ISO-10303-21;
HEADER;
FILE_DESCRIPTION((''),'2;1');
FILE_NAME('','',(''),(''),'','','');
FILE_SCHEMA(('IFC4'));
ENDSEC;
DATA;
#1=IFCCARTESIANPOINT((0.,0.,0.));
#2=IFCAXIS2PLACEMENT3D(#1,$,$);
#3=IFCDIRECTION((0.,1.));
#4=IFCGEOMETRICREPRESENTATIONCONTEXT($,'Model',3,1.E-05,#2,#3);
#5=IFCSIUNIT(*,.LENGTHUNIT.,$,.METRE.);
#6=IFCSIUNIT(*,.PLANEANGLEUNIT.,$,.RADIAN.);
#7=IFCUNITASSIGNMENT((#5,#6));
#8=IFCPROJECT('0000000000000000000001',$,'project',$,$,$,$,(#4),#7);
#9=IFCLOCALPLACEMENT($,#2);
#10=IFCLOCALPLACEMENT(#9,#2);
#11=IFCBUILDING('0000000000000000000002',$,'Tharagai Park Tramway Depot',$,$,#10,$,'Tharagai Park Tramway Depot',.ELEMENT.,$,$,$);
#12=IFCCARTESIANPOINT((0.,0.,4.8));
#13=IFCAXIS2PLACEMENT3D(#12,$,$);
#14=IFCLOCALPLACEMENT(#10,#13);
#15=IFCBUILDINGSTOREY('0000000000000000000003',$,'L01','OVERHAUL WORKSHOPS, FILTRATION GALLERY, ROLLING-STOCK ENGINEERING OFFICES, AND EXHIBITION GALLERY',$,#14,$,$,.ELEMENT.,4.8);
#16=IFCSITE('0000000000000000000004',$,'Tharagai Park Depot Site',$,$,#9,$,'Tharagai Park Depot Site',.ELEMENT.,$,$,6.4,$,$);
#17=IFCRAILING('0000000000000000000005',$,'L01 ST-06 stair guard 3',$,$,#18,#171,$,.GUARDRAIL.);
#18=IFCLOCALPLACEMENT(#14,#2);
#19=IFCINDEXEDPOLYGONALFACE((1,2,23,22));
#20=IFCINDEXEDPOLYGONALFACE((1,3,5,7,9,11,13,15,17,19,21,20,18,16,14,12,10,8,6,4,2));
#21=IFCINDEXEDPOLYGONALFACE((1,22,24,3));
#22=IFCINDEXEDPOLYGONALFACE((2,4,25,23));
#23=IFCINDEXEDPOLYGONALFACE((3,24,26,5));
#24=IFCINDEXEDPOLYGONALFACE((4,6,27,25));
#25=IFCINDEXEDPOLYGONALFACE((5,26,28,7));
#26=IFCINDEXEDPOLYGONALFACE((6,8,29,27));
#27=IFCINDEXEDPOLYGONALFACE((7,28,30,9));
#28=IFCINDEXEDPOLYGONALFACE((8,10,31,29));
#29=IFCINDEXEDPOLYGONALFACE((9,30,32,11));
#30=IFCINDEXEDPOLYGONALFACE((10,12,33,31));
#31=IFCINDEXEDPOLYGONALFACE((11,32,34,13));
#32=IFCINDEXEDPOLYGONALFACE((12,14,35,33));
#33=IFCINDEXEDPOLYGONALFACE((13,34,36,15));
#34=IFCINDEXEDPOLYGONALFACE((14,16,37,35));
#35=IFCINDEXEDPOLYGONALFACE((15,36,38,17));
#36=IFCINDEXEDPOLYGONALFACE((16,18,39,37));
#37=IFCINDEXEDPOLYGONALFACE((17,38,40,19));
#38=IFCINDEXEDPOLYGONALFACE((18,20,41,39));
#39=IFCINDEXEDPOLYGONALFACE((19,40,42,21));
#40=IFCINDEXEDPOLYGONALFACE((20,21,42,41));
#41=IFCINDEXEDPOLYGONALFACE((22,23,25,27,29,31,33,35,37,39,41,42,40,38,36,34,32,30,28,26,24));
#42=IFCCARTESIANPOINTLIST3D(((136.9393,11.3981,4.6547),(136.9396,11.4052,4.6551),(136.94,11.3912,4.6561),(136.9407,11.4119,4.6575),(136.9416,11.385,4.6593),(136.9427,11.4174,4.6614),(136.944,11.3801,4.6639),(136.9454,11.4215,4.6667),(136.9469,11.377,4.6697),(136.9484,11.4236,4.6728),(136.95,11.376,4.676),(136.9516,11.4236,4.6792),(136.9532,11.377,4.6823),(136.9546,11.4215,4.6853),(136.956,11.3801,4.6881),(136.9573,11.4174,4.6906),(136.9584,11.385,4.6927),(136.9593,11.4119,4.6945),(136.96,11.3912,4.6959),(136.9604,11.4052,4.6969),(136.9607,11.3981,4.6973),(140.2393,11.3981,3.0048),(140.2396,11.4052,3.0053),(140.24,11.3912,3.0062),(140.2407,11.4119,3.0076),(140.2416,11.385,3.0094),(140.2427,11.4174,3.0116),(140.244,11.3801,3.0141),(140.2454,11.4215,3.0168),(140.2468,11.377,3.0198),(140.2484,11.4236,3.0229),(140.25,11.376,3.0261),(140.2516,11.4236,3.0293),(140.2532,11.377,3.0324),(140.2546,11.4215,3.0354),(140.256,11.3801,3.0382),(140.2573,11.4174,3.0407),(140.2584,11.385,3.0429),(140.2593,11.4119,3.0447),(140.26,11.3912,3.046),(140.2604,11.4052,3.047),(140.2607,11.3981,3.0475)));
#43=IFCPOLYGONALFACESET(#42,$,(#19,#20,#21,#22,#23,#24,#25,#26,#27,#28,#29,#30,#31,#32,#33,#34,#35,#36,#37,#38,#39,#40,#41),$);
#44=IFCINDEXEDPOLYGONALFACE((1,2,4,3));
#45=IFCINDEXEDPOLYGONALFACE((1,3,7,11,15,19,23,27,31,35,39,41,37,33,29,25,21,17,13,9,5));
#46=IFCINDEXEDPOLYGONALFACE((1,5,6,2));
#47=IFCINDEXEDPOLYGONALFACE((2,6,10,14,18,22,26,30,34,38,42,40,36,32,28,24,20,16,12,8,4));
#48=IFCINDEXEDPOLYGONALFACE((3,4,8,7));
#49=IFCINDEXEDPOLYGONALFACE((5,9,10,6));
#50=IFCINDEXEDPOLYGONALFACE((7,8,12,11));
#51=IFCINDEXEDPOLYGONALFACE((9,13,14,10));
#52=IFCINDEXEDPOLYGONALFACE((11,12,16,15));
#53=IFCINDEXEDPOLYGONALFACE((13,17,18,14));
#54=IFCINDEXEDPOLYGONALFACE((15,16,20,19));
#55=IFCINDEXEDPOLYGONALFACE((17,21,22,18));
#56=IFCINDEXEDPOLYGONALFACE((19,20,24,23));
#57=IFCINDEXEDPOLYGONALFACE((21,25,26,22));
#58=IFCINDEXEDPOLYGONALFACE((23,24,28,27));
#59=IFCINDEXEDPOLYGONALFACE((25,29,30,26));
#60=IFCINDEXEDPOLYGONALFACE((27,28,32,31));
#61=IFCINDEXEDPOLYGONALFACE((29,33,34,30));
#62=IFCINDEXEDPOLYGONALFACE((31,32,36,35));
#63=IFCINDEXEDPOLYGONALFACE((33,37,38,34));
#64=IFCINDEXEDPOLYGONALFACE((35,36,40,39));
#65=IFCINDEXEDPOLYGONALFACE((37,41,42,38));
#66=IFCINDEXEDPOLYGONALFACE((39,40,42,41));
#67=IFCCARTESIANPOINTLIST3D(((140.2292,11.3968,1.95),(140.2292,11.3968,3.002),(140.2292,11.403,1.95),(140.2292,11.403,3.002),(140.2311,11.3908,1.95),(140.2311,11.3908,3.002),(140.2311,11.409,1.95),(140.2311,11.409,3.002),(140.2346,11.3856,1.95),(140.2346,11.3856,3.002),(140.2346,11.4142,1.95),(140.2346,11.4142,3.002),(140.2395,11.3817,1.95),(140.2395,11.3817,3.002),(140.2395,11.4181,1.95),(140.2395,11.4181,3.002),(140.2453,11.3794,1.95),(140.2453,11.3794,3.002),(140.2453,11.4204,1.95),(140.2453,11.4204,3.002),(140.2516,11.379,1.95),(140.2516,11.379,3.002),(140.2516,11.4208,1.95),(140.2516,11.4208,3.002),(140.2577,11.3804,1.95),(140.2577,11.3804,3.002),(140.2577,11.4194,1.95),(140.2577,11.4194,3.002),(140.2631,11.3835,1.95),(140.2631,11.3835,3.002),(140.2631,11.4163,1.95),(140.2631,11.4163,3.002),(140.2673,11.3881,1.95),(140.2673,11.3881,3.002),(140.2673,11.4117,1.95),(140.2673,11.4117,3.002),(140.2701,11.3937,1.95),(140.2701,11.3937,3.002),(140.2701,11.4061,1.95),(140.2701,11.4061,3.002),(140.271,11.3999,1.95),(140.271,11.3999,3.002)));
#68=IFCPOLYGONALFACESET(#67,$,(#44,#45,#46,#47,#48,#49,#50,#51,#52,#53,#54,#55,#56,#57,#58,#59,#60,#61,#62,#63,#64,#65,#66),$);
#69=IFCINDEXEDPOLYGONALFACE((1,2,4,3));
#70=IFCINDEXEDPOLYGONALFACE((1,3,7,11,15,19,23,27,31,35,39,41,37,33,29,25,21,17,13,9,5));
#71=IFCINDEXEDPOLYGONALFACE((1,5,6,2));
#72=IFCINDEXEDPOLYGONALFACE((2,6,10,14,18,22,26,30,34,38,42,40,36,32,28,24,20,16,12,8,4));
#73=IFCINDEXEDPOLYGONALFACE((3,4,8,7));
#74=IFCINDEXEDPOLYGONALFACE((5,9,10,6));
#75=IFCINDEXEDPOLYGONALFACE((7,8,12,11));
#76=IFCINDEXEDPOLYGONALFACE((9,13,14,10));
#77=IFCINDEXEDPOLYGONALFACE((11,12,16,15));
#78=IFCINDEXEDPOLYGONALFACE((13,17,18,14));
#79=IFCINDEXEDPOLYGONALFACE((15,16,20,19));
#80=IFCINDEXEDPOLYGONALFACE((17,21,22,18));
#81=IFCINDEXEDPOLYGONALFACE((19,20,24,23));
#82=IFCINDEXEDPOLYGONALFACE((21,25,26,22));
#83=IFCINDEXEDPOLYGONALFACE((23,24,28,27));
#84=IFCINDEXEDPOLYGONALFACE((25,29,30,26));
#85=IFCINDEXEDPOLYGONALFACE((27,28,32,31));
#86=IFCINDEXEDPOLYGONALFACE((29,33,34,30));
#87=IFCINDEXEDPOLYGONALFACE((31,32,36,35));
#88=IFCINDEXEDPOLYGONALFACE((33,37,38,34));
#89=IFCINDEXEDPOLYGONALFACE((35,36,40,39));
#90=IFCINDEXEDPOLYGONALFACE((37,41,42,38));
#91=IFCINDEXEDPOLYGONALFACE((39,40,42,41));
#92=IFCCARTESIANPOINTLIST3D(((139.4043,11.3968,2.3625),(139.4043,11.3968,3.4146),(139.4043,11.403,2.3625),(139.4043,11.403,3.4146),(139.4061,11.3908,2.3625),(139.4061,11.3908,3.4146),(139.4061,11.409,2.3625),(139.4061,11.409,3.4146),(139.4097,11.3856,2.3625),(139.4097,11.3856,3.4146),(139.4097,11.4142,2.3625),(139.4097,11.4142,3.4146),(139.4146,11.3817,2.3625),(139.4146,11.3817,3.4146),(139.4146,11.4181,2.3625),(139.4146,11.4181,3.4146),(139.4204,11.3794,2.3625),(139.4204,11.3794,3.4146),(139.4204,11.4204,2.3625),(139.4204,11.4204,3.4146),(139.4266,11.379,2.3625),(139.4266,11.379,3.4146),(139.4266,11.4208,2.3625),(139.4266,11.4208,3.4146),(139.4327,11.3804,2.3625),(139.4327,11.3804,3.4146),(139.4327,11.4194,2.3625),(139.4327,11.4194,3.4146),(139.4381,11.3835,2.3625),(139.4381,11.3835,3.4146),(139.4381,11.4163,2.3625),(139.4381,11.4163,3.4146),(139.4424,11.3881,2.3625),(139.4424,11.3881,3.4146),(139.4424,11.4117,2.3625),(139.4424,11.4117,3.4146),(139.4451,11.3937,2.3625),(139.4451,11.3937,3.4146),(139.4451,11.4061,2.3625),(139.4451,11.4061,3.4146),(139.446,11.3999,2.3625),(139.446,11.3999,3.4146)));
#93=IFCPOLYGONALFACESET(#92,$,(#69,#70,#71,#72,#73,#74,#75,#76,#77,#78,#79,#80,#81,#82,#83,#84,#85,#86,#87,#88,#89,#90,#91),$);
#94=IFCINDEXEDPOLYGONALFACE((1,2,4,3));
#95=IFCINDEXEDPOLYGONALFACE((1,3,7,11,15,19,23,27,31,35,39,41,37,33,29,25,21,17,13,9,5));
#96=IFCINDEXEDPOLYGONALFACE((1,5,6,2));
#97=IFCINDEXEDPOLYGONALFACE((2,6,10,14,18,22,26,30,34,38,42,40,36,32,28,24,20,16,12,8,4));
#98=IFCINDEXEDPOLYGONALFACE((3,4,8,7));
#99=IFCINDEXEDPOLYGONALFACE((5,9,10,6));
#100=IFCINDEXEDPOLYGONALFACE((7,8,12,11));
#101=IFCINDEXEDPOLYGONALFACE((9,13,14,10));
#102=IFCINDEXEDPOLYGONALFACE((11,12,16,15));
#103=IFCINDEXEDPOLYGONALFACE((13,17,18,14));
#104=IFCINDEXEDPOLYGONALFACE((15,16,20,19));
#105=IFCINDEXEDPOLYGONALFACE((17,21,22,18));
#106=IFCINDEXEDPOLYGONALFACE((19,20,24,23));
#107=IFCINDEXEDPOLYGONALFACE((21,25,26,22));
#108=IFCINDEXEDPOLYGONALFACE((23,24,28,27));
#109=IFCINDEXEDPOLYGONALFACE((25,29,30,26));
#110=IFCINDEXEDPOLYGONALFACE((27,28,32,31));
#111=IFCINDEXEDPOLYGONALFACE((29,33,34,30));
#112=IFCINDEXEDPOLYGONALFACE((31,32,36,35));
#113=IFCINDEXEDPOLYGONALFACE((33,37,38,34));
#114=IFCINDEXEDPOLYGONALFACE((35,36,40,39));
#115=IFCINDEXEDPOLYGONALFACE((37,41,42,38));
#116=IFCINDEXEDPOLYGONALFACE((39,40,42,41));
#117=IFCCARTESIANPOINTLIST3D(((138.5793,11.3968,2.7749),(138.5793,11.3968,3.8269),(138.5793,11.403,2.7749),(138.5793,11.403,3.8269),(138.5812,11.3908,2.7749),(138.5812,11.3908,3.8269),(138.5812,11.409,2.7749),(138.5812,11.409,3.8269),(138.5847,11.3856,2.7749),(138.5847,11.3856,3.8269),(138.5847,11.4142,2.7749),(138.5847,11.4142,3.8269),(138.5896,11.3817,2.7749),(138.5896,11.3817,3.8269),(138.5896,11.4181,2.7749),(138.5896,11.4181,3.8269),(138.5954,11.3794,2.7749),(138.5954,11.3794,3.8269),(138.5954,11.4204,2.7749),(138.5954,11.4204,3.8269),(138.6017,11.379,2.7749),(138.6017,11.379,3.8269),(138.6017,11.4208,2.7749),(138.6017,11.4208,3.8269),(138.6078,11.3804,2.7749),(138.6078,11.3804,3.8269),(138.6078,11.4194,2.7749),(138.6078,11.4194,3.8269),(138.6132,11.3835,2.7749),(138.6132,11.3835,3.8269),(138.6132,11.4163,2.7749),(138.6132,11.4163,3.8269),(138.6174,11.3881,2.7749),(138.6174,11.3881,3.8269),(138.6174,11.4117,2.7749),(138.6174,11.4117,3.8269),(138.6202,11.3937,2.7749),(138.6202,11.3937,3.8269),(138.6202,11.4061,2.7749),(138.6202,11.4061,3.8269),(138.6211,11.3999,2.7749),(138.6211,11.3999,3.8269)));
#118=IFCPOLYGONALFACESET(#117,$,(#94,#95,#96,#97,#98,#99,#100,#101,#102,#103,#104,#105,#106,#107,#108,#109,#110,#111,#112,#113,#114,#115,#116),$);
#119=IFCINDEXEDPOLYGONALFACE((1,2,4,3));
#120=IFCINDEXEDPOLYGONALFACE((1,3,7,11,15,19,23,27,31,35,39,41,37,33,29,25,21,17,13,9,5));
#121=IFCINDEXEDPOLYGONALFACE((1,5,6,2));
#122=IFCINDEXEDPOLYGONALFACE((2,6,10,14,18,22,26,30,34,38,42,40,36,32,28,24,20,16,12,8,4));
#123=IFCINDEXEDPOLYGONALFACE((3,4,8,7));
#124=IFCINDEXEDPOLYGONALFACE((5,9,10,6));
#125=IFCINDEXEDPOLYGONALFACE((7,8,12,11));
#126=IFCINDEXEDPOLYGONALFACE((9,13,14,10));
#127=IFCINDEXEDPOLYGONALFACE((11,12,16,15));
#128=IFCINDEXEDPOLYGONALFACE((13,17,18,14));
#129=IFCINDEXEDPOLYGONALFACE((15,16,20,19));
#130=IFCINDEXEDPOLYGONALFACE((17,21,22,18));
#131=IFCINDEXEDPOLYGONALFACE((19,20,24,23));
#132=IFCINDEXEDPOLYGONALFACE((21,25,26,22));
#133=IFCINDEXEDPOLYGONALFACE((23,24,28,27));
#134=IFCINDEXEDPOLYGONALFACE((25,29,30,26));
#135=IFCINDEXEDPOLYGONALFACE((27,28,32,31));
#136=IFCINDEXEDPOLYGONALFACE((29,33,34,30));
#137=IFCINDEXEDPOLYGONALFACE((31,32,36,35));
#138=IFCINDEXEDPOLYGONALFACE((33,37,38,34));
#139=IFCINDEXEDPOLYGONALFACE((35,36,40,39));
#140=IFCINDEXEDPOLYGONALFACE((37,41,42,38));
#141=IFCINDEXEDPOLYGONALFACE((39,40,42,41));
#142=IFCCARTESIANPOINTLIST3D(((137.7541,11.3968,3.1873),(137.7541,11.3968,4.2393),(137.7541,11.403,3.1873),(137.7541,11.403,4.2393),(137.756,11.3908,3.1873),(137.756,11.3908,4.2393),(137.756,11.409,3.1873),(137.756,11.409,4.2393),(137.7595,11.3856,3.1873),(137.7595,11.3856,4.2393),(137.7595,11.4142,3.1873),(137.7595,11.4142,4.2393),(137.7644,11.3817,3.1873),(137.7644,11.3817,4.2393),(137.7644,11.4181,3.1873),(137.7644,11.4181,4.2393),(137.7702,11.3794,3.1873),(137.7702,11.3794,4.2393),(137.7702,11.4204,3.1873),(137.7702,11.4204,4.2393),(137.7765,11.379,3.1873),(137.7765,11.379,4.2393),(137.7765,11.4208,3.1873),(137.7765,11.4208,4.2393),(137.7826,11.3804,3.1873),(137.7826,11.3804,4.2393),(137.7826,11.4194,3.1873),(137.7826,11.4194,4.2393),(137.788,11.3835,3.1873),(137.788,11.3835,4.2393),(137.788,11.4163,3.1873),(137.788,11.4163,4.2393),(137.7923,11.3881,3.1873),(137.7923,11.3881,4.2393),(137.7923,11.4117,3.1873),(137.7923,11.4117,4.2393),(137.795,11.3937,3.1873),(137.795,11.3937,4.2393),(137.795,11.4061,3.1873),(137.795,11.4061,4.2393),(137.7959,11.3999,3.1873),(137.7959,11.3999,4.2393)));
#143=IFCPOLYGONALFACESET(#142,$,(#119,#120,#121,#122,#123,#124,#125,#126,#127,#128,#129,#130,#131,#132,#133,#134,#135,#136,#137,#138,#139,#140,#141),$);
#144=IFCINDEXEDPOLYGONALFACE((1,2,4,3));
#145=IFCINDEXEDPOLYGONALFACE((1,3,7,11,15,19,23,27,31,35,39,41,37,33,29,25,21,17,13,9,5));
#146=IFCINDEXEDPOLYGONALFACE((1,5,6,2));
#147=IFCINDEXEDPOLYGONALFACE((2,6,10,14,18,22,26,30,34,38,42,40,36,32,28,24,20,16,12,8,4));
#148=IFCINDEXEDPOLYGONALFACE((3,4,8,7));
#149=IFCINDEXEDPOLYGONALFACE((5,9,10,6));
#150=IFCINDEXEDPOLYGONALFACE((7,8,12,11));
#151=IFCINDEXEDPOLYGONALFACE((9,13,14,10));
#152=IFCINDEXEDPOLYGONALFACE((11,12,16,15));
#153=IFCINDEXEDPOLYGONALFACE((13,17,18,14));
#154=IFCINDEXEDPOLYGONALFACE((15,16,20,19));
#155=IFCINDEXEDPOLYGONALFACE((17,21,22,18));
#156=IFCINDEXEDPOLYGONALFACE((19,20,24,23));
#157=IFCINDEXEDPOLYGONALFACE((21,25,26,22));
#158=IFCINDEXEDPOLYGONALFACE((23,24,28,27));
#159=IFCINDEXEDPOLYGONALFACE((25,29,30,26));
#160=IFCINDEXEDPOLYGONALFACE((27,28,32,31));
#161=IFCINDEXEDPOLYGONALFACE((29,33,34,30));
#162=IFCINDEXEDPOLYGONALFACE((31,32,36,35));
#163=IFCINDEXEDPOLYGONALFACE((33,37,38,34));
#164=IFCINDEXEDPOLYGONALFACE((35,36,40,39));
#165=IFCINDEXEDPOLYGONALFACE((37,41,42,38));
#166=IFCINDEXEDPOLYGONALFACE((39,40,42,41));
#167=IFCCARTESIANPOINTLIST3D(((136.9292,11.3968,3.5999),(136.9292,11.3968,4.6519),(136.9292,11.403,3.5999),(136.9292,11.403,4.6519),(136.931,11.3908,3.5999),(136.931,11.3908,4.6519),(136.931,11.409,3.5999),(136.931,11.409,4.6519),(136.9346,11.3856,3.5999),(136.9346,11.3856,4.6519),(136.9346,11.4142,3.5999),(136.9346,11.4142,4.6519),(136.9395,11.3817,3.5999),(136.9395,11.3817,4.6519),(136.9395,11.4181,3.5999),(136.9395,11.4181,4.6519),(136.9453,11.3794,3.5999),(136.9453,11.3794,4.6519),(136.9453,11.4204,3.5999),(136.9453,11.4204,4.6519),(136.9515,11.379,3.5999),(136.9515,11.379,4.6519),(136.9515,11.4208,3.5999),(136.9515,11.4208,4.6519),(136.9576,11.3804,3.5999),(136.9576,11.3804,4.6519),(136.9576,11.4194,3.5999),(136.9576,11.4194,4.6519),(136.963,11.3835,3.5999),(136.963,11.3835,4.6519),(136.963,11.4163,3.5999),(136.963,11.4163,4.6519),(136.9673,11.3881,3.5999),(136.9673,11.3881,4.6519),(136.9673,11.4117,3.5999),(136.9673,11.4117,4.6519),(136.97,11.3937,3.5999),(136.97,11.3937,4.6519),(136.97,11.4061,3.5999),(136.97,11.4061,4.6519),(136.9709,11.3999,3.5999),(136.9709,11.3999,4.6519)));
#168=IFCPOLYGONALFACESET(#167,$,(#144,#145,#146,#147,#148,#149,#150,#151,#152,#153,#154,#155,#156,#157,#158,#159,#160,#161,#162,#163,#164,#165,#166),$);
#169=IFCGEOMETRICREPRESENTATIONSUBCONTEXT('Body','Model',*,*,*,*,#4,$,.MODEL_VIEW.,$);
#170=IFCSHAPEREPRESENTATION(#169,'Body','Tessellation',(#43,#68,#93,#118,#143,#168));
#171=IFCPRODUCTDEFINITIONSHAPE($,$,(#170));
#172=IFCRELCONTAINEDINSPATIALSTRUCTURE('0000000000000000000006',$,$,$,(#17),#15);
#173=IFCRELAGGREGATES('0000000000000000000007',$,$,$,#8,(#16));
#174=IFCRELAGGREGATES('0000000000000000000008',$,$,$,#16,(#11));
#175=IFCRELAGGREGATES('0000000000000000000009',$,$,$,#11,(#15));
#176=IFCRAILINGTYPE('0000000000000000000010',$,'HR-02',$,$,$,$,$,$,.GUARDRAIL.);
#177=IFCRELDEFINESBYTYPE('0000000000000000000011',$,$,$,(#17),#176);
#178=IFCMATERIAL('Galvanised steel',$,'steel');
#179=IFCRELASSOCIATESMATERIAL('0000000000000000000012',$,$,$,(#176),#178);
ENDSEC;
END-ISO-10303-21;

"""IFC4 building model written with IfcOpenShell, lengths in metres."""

from ifc_helpers import new_model, si_unit, direction, frame, origin, origin_2d, place, context, subcontext, project, spatial, circle, extrude, material, type_object, element, save


model = new_model("IFC4")

# Units and contexts
model_context = context("Model", 3, precision=1e-05, world=origin(), true_north=direction((0.0, 1.0)))
body_context = subcontext(model_context, "Body", "Model", "MODEL_VIEW")
ifc_project = project(units=[si_unit("LENGTHUNIT", "METRE"), si_unit("PLANEANGLEUNIT", "RADIAN")], contexts=[model_context])

# Site, building, storey
site_placement = place(None, origin())
site = spatial("IfcSite", under=ifc_project, at=site_placement, Name="Tharagai Park Depot Site", LongName="Tharagai Park Depot Site", CompositionType="ELEMENT", RefElevation=6.4)
building_placement = place(site_placement, origin())
building = spatial("IfcBuilding", under=site, at=building_placement, Name="Tharagai Park Tramway Depot", LongName="Tharagai Park Tramway Depot", CompositionType="ELEMENT")
storey_placement = place(building_placement, frame((0.0, 0.0, 4.8)))
storey = spatial("IfcBuildingStorey", under=building, at=storey_placement, Name="L01", Description="OVERHAUL WORKSHOPS, FILTRATION GALLERY, ROLLING-STOCK ENGINEERING OFFICES, AND EXHIBITION GALLERY", CompositionType="ELEMENT", Elevation=4.8)

# Shared definitions
ifc_material_1 = material(Name="Galvanised steel", Category="steel")

# Railing
railing_type_1 = type_object("IfcRailingType", Name="HR-02", PredefinedType="GUARDRAIL", material=ifc_material_1)
railing_1_placement = place(storey_placement, frame((140.25, 11.3999, 1.95)))
element("IfcRailing", 1, at=railing_1_placement, inside=storey, type_object=railing_type_1, Name="L01 ST-06 stair guard 3", PredefinedType="GUARDRAIL", context=body_context, shape_type="SweptSolid", body=[
    extrude(circle(Radius=0.0239, at=origin_2d()), frame((0.0, 0.0, 1.0762), z_axis=(-0.89444, 0.0, 0.447187), x_axis=(0.0, -1.0, 0.0)), (0.0, 0.0, 1.0), 3.6895),
    extrude(circle(Radius=0.021, at=origin_2d()), origin(), (0.0, 0.0, 1.0), 1.052),
    extrude(circle(Radius=0.021, at=origin_2d()), frame((-0.825, 0.0, 0.4126)), (0.0, 0.0, 1.0), 1.052),
    extrude(circle(Radius=0.021, at=origin_2d()), frame((-1.6499, 0.0, 0.825)), (0.0, 0.0, 1.0), 1.052),
    extrude(circle(Radius=0.021, at=origin_2d()), frame((-2.4751, 0.0, 1.2373)), (0.0, 0.0, 1.0), 1.052),
    extrude(circle(Radius=0.021, at=origin_2d()), frame((-3.3, 0.0, 1.6499)), (0.0, 0.0, 1.0), 1.052),
])

save(model, "model.ifc")
